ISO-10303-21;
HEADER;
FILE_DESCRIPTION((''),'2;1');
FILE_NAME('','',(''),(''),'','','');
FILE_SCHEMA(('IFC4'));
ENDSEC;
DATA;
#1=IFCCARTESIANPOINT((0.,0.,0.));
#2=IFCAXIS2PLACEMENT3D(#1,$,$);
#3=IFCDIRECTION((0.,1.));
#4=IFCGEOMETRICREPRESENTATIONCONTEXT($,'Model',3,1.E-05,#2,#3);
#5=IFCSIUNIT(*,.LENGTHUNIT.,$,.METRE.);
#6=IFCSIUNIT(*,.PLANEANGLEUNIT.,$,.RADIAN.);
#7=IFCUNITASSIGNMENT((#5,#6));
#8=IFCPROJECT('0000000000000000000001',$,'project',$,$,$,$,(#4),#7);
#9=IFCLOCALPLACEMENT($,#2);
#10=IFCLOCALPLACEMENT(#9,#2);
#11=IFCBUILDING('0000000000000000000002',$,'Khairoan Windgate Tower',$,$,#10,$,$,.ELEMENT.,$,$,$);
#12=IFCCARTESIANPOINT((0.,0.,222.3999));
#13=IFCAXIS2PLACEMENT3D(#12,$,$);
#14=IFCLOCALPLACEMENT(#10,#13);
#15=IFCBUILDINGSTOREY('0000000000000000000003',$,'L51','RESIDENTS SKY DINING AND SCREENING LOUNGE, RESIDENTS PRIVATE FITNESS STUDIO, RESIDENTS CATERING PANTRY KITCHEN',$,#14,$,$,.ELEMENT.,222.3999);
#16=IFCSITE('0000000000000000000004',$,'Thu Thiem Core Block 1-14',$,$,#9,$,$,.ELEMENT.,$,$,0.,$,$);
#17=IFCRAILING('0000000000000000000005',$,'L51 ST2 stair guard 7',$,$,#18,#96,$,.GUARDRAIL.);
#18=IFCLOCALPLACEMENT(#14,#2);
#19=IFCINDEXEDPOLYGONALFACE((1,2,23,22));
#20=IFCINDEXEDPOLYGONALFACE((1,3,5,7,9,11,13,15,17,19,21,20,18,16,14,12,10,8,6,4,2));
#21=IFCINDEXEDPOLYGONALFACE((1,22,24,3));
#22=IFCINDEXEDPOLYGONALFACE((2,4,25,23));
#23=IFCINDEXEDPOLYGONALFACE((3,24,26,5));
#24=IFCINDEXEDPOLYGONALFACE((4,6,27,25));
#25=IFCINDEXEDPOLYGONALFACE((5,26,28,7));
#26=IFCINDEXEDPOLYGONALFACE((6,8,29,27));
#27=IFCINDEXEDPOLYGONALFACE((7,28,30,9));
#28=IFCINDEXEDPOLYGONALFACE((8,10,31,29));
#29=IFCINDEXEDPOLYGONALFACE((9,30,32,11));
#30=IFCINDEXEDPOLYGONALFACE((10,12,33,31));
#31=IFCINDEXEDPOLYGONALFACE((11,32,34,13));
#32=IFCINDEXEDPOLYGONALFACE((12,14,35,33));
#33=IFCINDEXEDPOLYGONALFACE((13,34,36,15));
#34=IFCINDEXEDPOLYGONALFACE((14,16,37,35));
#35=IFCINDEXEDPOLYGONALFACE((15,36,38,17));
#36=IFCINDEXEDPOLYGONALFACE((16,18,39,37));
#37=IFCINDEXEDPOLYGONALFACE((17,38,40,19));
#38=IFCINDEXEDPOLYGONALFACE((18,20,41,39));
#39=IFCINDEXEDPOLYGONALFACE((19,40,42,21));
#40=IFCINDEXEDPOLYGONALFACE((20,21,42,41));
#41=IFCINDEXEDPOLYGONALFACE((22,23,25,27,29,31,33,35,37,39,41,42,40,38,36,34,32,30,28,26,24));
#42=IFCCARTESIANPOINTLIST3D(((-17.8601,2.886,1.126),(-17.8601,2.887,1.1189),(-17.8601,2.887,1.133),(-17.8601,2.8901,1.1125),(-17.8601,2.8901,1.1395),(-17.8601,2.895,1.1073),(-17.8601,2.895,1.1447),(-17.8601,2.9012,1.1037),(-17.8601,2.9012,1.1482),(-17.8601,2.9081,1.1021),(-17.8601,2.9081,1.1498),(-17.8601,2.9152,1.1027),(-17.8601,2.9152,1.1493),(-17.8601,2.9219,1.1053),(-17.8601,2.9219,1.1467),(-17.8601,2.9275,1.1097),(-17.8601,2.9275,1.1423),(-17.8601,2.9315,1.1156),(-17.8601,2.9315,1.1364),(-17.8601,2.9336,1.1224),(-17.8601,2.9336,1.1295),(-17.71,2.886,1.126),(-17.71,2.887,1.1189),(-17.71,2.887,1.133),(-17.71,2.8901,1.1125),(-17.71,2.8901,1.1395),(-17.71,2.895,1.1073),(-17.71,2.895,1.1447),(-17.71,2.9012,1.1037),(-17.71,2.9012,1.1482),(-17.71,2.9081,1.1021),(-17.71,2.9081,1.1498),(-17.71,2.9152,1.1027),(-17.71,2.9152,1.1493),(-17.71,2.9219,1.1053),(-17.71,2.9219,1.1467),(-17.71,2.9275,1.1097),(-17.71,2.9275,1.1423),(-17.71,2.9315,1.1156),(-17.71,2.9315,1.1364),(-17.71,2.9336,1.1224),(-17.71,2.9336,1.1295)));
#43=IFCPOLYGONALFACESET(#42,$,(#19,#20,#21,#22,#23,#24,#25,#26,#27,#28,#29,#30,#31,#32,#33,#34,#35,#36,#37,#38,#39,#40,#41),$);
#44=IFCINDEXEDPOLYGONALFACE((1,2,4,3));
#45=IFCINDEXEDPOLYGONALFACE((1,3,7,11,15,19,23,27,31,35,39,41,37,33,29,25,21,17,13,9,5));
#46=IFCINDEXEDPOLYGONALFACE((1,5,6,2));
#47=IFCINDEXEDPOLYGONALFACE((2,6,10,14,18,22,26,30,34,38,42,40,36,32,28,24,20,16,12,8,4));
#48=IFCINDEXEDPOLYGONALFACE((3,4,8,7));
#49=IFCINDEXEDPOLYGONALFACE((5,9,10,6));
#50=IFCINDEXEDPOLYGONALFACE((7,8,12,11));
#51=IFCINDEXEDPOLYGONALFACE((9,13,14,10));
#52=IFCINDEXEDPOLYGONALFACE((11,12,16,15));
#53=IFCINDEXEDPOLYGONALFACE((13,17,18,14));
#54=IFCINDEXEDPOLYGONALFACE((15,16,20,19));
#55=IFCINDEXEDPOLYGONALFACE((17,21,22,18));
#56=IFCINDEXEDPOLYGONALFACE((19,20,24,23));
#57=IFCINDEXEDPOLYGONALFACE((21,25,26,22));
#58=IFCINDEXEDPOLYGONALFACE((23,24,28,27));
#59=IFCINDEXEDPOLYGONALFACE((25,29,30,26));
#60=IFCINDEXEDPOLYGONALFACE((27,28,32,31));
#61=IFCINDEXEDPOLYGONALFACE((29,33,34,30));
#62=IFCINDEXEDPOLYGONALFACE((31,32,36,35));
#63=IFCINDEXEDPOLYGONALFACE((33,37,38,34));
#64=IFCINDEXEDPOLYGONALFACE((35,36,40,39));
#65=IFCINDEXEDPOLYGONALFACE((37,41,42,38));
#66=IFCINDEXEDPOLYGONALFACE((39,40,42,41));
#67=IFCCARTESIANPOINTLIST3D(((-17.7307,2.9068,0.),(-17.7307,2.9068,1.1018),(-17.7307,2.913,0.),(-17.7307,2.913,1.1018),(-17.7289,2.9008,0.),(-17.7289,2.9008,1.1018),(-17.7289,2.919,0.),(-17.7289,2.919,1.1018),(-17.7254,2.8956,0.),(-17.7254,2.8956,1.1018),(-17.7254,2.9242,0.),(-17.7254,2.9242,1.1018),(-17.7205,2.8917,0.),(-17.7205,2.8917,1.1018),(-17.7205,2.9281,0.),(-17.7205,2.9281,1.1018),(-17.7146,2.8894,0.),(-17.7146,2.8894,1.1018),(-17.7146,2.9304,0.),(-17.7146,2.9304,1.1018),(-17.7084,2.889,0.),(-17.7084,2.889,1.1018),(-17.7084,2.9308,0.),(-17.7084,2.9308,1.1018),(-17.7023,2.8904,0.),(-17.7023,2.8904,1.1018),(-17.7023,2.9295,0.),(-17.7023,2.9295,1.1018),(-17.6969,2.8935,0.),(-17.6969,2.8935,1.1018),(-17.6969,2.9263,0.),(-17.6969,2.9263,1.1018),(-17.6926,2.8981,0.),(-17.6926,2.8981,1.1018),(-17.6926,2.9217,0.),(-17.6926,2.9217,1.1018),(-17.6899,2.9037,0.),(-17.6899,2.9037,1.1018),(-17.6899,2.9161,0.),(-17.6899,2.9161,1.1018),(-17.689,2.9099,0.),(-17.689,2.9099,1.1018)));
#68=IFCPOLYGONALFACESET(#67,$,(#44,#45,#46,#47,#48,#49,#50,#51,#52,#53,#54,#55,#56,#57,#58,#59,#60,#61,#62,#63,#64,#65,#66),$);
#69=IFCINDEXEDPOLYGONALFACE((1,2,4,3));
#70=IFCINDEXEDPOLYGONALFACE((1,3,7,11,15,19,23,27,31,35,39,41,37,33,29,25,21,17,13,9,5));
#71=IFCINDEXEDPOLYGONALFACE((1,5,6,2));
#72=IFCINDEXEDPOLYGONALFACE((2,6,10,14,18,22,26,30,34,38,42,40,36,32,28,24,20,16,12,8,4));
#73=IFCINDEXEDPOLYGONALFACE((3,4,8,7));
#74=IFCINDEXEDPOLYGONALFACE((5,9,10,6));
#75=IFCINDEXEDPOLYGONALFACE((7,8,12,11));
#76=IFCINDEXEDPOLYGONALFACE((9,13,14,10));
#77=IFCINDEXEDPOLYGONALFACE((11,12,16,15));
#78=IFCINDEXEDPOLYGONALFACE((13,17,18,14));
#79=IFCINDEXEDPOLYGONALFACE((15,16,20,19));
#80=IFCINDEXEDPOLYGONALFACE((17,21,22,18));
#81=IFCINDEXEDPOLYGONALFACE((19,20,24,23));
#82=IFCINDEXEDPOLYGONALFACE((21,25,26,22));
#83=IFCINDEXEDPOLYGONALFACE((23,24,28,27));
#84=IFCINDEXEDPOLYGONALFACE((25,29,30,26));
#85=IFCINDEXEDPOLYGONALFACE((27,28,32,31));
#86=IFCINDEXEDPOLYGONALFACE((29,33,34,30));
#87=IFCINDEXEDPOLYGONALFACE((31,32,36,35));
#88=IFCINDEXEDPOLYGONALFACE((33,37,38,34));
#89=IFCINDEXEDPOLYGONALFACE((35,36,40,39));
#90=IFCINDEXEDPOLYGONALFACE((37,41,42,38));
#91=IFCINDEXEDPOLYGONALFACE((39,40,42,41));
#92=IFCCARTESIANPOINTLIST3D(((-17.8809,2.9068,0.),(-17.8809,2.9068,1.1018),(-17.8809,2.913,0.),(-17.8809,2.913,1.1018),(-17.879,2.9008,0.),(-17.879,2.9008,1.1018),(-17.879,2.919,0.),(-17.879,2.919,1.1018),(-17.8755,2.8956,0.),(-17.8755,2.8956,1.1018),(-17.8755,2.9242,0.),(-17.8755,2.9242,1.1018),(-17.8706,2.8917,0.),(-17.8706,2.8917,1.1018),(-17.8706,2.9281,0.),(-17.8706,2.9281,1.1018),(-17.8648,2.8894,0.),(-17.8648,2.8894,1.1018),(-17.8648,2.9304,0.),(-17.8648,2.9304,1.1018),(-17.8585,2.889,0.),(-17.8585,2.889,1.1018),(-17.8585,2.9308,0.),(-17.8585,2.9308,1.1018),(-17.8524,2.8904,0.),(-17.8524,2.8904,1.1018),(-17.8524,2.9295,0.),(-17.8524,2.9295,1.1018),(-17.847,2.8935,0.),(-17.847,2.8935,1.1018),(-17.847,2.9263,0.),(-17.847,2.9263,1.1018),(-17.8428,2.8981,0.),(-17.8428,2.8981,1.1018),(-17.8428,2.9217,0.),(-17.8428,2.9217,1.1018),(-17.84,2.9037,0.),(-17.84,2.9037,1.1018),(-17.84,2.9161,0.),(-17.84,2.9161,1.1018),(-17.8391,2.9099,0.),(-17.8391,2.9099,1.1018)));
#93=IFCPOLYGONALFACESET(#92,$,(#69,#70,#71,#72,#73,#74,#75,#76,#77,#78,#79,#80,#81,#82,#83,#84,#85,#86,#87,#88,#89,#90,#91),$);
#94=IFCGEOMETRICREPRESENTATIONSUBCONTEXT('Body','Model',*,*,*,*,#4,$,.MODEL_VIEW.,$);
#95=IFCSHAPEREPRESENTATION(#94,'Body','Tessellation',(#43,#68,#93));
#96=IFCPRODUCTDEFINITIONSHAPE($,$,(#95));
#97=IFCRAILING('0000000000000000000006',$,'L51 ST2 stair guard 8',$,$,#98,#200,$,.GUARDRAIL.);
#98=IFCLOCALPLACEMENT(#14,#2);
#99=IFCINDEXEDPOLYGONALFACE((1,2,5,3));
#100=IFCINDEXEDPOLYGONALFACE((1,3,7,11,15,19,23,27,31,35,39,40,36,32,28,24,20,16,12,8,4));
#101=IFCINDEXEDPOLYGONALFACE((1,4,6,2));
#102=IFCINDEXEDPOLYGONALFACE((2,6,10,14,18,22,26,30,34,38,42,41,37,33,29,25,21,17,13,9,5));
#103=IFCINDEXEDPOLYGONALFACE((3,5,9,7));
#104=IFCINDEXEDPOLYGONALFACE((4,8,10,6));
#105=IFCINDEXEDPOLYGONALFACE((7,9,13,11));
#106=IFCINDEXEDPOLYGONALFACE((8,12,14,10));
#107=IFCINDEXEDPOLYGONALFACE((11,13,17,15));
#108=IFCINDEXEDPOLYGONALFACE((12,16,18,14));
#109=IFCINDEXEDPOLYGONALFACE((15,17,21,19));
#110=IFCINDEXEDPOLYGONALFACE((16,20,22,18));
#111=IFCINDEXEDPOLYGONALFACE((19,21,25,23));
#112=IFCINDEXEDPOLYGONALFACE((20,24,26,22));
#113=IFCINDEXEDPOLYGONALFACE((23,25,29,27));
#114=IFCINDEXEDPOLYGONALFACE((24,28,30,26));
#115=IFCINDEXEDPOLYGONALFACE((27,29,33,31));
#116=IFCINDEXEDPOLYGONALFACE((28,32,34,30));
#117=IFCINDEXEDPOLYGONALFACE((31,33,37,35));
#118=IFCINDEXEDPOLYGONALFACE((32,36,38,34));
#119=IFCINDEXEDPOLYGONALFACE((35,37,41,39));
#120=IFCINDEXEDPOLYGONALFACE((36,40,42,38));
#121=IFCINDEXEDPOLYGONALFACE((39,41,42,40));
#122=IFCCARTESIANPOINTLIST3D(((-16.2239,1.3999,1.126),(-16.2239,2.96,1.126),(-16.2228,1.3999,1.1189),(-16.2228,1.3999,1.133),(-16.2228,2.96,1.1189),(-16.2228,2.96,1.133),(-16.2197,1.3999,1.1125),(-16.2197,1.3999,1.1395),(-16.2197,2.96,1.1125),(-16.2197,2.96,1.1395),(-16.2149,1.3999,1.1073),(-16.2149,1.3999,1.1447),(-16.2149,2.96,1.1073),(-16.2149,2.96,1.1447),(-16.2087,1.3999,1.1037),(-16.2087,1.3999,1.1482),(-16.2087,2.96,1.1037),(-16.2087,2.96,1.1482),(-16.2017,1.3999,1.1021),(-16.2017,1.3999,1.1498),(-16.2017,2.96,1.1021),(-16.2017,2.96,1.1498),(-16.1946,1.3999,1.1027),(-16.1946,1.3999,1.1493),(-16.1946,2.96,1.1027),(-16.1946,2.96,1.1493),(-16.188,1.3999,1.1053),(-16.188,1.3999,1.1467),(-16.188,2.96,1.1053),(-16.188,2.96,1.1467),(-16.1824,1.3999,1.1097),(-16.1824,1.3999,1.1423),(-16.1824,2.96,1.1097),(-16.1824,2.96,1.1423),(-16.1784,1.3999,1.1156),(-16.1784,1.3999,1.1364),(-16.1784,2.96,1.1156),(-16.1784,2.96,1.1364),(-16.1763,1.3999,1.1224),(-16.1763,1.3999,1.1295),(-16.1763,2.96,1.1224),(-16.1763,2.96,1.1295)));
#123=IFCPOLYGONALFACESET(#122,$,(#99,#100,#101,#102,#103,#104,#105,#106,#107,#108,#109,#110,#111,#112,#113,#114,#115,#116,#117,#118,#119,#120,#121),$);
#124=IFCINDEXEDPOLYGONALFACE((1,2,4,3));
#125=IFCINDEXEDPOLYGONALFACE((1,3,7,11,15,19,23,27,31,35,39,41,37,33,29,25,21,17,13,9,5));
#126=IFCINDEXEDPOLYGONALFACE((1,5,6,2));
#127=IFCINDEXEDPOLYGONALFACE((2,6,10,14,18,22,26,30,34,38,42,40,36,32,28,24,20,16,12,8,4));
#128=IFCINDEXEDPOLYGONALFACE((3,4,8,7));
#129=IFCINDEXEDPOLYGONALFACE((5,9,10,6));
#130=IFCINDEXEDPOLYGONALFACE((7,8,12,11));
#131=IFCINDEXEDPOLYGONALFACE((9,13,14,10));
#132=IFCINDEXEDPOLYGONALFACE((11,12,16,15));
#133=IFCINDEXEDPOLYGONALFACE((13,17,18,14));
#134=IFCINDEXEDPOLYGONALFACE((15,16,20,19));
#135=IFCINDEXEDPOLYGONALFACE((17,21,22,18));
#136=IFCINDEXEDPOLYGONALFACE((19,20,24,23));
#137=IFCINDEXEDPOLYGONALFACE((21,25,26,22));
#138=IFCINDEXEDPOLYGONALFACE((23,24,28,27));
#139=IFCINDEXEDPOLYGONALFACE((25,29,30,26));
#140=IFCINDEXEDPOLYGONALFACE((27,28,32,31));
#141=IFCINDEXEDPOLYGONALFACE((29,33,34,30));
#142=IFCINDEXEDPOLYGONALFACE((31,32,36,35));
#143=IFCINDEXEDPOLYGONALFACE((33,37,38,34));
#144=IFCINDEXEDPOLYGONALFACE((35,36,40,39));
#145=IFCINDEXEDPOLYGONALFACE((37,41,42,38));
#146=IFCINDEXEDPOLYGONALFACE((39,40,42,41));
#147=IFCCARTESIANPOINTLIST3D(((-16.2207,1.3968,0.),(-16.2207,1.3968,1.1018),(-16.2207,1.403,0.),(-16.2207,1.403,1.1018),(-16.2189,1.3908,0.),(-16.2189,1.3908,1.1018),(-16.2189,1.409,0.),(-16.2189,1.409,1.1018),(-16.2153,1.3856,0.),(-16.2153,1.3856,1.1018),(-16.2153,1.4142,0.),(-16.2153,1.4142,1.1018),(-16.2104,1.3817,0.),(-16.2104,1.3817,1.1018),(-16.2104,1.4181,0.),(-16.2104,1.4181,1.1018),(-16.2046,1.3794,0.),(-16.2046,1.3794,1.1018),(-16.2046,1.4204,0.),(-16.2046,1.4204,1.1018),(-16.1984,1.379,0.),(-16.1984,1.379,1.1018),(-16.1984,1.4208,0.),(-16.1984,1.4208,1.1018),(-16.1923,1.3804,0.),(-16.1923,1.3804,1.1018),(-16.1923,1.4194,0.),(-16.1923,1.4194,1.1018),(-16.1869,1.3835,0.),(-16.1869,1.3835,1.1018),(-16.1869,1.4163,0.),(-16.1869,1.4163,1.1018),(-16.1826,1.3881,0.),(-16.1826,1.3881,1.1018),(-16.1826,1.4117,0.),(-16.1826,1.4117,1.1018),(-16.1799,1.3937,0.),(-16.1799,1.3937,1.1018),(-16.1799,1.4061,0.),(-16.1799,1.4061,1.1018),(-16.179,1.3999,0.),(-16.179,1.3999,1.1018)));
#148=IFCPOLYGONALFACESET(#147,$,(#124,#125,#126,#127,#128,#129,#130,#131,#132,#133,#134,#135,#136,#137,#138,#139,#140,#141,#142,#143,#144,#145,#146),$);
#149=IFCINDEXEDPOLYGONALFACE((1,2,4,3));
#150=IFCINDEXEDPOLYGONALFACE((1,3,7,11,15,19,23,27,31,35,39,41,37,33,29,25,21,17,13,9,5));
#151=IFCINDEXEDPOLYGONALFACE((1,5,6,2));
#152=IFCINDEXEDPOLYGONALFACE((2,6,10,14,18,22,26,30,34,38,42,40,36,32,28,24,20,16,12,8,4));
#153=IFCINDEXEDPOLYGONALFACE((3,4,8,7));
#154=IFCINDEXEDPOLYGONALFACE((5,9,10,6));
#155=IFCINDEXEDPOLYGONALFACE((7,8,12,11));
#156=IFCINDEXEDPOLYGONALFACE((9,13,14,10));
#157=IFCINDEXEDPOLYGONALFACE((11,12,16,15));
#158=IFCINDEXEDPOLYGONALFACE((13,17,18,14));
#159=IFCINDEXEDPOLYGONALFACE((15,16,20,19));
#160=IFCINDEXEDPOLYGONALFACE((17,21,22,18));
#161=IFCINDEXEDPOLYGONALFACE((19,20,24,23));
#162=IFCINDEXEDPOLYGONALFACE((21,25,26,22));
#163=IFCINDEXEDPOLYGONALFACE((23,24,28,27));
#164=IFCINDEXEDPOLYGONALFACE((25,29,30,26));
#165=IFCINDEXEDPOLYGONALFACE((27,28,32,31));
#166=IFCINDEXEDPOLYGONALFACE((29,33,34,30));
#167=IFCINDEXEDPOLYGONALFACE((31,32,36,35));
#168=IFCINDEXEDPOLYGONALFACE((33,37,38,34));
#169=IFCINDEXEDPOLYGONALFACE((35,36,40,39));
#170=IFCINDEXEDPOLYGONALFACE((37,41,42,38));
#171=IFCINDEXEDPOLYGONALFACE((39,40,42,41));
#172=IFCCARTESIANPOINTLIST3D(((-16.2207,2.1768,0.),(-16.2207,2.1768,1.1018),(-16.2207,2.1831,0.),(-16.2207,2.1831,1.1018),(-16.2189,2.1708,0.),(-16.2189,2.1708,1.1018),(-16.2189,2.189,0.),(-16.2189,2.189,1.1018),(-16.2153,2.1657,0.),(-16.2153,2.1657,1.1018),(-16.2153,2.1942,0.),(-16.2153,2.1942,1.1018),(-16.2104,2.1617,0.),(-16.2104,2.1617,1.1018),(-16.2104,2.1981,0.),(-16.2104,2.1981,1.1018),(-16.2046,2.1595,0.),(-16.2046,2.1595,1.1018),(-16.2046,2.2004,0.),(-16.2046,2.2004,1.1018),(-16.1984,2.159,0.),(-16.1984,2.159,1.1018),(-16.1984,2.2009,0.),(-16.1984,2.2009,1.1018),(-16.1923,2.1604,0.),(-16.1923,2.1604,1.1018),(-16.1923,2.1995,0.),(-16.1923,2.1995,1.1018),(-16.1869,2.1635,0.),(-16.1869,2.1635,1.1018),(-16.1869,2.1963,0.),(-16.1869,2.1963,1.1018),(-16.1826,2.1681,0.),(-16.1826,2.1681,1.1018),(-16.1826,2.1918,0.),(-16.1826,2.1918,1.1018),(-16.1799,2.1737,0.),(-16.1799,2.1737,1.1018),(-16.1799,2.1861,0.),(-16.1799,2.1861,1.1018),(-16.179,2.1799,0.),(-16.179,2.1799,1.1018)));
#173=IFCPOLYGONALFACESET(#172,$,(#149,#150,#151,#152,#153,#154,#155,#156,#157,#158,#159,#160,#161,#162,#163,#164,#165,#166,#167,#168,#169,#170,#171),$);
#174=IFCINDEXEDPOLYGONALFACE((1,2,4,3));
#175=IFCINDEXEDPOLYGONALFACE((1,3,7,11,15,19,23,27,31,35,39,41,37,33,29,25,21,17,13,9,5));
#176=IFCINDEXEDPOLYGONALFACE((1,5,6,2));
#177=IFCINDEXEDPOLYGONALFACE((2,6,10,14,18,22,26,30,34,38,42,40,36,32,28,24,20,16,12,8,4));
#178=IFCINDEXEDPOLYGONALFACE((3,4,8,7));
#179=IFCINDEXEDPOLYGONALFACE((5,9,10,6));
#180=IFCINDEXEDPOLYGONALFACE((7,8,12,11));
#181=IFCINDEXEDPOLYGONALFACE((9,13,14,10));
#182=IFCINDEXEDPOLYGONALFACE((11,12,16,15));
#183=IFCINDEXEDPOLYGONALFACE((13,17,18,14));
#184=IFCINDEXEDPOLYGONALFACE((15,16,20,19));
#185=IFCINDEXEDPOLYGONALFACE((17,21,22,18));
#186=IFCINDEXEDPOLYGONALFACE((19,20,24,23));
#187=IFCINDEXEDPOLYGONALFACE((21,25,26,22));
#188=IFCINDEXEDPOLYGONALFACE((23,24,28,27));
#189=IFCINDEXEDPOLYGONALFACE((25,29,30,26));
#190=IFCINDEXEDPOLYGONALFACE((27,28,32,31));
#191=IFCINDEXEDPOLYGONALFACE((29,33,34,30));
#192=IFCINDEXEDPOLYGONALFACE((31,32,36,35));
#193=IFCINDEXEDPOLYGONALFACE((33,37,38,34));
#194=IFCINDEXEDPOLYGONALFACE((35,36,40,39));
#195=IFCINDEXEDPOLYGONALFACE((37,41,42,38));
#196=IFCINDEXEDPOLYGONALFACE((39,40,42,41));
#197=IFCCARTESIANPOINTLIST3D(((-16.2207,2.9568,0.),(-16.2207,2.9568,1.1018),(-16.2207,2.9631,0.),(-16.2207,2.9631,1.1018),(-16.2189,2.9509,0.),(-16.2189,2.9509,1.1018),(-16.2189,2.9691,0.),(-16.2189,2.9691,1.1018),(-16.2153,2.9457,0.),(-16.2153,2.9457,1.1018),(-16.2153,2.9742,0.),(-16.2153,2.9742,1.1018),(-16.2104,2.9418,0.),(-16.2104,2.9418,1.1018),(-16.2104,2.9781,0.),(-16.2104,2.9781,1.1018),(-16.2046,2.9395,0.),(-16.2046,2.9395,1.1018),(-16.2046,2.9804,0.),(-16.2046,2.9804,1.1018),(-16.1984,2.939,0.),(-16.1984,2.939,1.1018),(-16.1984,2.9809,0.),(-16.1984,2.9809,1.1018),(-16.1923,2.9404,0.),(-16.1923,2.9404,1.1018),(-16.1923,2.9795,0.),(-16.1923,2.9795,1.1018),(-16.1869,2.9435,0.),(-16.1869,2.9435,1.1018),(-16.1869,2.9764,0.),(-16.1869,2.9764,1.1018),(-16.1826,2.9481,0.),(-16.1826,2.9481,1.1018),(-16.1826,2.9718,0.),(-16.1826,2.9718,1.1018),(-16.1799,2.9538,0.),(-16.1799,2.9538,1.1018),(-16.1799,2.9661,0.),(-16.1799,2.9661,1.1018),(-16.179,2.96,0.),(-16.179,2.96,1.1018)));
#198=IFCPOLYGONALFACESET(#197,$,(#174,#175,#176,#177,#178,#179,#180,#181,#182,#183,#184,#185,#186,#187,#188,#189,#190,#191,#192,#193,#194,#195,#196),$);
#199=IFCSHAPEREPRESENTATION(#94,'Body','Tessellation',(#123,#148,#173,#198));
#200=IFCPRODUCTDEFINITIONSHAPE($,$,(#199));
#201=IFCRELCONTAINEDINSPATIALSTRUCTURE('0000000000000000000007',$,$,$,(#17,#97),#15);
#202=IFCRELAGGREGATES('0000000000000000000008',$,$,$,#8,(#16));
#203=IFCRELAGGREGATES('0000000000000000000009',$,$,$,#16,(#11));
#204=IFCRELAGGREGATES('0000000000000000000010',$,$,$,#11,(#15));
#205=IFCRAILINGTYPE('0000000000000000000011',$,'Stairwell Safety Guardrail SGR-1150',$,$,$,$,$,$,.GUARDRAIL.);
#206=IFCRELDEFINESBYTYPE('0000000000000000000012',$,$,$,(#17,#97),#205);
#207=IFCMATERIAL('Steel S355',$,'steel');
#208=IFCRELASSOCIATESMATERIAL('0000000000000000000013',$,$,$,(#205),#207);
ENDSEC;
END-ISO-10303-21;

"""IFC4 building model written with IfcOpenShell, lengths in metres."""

from ifc_helpers import new_model, si_unit, direction, frame, origin, origin_2d, place, context, subcontext, project, spatial, circle, extrude, material, type_object, element, save


model = new_model("IFC4")

# Units and contexts
model_context = context("Model", 3, precision=1e-05, world=origin(), true_north=direction((0.0, 1.0)))
body_context = subcontext(model_context, "Body", "Model", "MODEL_VIEW")
ifc_project = project(units=[si_unit("LENGTHUNIT", "METRE"), si_unit("PLANEANGLEUNIT", "RADIAN")], contexts=[model_context])

# Site, building, storey
site_placement = place(None, origin())
site = spatial("IfcSite", under=ifc_project, at=site_placement, Name="Thu Thiem Core Block 1-14", CompositionType="ELEMENT", RefElevation=0.0)
building_placement = place(site_placement, origin())
building = spatial("IfcBuilding", under=site, at=building_placement, Name="Khairoan Windgate Tower", CompositionType="ELEMENT")
storey_placement = place(building_placement, frame((0.0, 0.0, 222.3999)))
storey = spatial("IfcBuildingStorey", under=building, at=storey_placement, Name="L51", Description="RESIDENTS SKY DINING AND SCREENING LOUNGE, RESIDENTS PRIVATE FITNESS STUDIO, RESIDENTS CATERING PANTRY KITCHEN", CompositionType="ELEMENT", Elevation=222.3999)

# Railings
ifc_material_1 = material(Name="Steel S355", Category="steel")
railing_type_1 = type_object("IfcRailingType", Name="Stairwell Safety Guardrail SGR-1150", PredefinedType="GUARDRAIL", material=ifc_material_1)
railing_1_placement = place(storey_placement, frame((-17.71, 2.9099, 0.0)))
element("IfcRailing", 1, at=railing_1_placement, inside=storey, type_object=railing_type_1, Name="L51 ST2 stair guard 7", PredefinedType="GUARDRAIL", context=body_context, shape_type="SweptSolid", body=[
    extrude(circle(Radius=0.0239, at=origin_2d()), frame((0.0, 0.0, 1.126), z_axis=(-1.0, 0.0, 0.0), x_axis=(0.0, -1.0, 0.0)), (0.0, 0.0, 1.0), 0.1501),
    extrude(circle(Radius=0.021, at=origin_2d()), origin(), (0.0, 0.0, 1.0), 1.1018),
    extrude(circle(Radius=0.021, at=origin_2d()), frame((-0.1501, 0.0, 0.0)), (0.0, 0.0, 1.0), 1.1018),
])
for number, where, name in (
    (2, (-16.2, 1.3999, 0.0), "L51 ST2 stair guard 8"),
):
    element("IfcRailing", number, at=place(storey_placement, frame(where)), inside=storey, type_object=railing_type_1, Name=name, PredefinedType="GUARDRAIL", context=body_context, shape_type="SweptSolid", body=[
        extrude(circle(Radius=0.0239, at=origin_2d()), frame((0.0, 0.0, 1.126), z_axis=(0.0, 1.0, 0.0), x_axis=(-1.0, 0.0, 0.0)), (0.0, 0.0, 1.0), 1.5601),
        extrude(circle(Radius=0.021, at=origin_2d()), origin(), (0.0, 0.0, 1.0), 1.1018),
        extrude(circle(Radius=0.021, at=origin_2d()), frame((0.0, 0.78, 0.0)), (0.0, 0.0, 1.0), 1.1018),
        extrude(circle(Radius=0.021, at=origin_2d()), frame((0.0, 1.5601, 0.0)), (0.0, 0.0, 1.0), 1.1018),
    ])

save(model, "model.ifc")
